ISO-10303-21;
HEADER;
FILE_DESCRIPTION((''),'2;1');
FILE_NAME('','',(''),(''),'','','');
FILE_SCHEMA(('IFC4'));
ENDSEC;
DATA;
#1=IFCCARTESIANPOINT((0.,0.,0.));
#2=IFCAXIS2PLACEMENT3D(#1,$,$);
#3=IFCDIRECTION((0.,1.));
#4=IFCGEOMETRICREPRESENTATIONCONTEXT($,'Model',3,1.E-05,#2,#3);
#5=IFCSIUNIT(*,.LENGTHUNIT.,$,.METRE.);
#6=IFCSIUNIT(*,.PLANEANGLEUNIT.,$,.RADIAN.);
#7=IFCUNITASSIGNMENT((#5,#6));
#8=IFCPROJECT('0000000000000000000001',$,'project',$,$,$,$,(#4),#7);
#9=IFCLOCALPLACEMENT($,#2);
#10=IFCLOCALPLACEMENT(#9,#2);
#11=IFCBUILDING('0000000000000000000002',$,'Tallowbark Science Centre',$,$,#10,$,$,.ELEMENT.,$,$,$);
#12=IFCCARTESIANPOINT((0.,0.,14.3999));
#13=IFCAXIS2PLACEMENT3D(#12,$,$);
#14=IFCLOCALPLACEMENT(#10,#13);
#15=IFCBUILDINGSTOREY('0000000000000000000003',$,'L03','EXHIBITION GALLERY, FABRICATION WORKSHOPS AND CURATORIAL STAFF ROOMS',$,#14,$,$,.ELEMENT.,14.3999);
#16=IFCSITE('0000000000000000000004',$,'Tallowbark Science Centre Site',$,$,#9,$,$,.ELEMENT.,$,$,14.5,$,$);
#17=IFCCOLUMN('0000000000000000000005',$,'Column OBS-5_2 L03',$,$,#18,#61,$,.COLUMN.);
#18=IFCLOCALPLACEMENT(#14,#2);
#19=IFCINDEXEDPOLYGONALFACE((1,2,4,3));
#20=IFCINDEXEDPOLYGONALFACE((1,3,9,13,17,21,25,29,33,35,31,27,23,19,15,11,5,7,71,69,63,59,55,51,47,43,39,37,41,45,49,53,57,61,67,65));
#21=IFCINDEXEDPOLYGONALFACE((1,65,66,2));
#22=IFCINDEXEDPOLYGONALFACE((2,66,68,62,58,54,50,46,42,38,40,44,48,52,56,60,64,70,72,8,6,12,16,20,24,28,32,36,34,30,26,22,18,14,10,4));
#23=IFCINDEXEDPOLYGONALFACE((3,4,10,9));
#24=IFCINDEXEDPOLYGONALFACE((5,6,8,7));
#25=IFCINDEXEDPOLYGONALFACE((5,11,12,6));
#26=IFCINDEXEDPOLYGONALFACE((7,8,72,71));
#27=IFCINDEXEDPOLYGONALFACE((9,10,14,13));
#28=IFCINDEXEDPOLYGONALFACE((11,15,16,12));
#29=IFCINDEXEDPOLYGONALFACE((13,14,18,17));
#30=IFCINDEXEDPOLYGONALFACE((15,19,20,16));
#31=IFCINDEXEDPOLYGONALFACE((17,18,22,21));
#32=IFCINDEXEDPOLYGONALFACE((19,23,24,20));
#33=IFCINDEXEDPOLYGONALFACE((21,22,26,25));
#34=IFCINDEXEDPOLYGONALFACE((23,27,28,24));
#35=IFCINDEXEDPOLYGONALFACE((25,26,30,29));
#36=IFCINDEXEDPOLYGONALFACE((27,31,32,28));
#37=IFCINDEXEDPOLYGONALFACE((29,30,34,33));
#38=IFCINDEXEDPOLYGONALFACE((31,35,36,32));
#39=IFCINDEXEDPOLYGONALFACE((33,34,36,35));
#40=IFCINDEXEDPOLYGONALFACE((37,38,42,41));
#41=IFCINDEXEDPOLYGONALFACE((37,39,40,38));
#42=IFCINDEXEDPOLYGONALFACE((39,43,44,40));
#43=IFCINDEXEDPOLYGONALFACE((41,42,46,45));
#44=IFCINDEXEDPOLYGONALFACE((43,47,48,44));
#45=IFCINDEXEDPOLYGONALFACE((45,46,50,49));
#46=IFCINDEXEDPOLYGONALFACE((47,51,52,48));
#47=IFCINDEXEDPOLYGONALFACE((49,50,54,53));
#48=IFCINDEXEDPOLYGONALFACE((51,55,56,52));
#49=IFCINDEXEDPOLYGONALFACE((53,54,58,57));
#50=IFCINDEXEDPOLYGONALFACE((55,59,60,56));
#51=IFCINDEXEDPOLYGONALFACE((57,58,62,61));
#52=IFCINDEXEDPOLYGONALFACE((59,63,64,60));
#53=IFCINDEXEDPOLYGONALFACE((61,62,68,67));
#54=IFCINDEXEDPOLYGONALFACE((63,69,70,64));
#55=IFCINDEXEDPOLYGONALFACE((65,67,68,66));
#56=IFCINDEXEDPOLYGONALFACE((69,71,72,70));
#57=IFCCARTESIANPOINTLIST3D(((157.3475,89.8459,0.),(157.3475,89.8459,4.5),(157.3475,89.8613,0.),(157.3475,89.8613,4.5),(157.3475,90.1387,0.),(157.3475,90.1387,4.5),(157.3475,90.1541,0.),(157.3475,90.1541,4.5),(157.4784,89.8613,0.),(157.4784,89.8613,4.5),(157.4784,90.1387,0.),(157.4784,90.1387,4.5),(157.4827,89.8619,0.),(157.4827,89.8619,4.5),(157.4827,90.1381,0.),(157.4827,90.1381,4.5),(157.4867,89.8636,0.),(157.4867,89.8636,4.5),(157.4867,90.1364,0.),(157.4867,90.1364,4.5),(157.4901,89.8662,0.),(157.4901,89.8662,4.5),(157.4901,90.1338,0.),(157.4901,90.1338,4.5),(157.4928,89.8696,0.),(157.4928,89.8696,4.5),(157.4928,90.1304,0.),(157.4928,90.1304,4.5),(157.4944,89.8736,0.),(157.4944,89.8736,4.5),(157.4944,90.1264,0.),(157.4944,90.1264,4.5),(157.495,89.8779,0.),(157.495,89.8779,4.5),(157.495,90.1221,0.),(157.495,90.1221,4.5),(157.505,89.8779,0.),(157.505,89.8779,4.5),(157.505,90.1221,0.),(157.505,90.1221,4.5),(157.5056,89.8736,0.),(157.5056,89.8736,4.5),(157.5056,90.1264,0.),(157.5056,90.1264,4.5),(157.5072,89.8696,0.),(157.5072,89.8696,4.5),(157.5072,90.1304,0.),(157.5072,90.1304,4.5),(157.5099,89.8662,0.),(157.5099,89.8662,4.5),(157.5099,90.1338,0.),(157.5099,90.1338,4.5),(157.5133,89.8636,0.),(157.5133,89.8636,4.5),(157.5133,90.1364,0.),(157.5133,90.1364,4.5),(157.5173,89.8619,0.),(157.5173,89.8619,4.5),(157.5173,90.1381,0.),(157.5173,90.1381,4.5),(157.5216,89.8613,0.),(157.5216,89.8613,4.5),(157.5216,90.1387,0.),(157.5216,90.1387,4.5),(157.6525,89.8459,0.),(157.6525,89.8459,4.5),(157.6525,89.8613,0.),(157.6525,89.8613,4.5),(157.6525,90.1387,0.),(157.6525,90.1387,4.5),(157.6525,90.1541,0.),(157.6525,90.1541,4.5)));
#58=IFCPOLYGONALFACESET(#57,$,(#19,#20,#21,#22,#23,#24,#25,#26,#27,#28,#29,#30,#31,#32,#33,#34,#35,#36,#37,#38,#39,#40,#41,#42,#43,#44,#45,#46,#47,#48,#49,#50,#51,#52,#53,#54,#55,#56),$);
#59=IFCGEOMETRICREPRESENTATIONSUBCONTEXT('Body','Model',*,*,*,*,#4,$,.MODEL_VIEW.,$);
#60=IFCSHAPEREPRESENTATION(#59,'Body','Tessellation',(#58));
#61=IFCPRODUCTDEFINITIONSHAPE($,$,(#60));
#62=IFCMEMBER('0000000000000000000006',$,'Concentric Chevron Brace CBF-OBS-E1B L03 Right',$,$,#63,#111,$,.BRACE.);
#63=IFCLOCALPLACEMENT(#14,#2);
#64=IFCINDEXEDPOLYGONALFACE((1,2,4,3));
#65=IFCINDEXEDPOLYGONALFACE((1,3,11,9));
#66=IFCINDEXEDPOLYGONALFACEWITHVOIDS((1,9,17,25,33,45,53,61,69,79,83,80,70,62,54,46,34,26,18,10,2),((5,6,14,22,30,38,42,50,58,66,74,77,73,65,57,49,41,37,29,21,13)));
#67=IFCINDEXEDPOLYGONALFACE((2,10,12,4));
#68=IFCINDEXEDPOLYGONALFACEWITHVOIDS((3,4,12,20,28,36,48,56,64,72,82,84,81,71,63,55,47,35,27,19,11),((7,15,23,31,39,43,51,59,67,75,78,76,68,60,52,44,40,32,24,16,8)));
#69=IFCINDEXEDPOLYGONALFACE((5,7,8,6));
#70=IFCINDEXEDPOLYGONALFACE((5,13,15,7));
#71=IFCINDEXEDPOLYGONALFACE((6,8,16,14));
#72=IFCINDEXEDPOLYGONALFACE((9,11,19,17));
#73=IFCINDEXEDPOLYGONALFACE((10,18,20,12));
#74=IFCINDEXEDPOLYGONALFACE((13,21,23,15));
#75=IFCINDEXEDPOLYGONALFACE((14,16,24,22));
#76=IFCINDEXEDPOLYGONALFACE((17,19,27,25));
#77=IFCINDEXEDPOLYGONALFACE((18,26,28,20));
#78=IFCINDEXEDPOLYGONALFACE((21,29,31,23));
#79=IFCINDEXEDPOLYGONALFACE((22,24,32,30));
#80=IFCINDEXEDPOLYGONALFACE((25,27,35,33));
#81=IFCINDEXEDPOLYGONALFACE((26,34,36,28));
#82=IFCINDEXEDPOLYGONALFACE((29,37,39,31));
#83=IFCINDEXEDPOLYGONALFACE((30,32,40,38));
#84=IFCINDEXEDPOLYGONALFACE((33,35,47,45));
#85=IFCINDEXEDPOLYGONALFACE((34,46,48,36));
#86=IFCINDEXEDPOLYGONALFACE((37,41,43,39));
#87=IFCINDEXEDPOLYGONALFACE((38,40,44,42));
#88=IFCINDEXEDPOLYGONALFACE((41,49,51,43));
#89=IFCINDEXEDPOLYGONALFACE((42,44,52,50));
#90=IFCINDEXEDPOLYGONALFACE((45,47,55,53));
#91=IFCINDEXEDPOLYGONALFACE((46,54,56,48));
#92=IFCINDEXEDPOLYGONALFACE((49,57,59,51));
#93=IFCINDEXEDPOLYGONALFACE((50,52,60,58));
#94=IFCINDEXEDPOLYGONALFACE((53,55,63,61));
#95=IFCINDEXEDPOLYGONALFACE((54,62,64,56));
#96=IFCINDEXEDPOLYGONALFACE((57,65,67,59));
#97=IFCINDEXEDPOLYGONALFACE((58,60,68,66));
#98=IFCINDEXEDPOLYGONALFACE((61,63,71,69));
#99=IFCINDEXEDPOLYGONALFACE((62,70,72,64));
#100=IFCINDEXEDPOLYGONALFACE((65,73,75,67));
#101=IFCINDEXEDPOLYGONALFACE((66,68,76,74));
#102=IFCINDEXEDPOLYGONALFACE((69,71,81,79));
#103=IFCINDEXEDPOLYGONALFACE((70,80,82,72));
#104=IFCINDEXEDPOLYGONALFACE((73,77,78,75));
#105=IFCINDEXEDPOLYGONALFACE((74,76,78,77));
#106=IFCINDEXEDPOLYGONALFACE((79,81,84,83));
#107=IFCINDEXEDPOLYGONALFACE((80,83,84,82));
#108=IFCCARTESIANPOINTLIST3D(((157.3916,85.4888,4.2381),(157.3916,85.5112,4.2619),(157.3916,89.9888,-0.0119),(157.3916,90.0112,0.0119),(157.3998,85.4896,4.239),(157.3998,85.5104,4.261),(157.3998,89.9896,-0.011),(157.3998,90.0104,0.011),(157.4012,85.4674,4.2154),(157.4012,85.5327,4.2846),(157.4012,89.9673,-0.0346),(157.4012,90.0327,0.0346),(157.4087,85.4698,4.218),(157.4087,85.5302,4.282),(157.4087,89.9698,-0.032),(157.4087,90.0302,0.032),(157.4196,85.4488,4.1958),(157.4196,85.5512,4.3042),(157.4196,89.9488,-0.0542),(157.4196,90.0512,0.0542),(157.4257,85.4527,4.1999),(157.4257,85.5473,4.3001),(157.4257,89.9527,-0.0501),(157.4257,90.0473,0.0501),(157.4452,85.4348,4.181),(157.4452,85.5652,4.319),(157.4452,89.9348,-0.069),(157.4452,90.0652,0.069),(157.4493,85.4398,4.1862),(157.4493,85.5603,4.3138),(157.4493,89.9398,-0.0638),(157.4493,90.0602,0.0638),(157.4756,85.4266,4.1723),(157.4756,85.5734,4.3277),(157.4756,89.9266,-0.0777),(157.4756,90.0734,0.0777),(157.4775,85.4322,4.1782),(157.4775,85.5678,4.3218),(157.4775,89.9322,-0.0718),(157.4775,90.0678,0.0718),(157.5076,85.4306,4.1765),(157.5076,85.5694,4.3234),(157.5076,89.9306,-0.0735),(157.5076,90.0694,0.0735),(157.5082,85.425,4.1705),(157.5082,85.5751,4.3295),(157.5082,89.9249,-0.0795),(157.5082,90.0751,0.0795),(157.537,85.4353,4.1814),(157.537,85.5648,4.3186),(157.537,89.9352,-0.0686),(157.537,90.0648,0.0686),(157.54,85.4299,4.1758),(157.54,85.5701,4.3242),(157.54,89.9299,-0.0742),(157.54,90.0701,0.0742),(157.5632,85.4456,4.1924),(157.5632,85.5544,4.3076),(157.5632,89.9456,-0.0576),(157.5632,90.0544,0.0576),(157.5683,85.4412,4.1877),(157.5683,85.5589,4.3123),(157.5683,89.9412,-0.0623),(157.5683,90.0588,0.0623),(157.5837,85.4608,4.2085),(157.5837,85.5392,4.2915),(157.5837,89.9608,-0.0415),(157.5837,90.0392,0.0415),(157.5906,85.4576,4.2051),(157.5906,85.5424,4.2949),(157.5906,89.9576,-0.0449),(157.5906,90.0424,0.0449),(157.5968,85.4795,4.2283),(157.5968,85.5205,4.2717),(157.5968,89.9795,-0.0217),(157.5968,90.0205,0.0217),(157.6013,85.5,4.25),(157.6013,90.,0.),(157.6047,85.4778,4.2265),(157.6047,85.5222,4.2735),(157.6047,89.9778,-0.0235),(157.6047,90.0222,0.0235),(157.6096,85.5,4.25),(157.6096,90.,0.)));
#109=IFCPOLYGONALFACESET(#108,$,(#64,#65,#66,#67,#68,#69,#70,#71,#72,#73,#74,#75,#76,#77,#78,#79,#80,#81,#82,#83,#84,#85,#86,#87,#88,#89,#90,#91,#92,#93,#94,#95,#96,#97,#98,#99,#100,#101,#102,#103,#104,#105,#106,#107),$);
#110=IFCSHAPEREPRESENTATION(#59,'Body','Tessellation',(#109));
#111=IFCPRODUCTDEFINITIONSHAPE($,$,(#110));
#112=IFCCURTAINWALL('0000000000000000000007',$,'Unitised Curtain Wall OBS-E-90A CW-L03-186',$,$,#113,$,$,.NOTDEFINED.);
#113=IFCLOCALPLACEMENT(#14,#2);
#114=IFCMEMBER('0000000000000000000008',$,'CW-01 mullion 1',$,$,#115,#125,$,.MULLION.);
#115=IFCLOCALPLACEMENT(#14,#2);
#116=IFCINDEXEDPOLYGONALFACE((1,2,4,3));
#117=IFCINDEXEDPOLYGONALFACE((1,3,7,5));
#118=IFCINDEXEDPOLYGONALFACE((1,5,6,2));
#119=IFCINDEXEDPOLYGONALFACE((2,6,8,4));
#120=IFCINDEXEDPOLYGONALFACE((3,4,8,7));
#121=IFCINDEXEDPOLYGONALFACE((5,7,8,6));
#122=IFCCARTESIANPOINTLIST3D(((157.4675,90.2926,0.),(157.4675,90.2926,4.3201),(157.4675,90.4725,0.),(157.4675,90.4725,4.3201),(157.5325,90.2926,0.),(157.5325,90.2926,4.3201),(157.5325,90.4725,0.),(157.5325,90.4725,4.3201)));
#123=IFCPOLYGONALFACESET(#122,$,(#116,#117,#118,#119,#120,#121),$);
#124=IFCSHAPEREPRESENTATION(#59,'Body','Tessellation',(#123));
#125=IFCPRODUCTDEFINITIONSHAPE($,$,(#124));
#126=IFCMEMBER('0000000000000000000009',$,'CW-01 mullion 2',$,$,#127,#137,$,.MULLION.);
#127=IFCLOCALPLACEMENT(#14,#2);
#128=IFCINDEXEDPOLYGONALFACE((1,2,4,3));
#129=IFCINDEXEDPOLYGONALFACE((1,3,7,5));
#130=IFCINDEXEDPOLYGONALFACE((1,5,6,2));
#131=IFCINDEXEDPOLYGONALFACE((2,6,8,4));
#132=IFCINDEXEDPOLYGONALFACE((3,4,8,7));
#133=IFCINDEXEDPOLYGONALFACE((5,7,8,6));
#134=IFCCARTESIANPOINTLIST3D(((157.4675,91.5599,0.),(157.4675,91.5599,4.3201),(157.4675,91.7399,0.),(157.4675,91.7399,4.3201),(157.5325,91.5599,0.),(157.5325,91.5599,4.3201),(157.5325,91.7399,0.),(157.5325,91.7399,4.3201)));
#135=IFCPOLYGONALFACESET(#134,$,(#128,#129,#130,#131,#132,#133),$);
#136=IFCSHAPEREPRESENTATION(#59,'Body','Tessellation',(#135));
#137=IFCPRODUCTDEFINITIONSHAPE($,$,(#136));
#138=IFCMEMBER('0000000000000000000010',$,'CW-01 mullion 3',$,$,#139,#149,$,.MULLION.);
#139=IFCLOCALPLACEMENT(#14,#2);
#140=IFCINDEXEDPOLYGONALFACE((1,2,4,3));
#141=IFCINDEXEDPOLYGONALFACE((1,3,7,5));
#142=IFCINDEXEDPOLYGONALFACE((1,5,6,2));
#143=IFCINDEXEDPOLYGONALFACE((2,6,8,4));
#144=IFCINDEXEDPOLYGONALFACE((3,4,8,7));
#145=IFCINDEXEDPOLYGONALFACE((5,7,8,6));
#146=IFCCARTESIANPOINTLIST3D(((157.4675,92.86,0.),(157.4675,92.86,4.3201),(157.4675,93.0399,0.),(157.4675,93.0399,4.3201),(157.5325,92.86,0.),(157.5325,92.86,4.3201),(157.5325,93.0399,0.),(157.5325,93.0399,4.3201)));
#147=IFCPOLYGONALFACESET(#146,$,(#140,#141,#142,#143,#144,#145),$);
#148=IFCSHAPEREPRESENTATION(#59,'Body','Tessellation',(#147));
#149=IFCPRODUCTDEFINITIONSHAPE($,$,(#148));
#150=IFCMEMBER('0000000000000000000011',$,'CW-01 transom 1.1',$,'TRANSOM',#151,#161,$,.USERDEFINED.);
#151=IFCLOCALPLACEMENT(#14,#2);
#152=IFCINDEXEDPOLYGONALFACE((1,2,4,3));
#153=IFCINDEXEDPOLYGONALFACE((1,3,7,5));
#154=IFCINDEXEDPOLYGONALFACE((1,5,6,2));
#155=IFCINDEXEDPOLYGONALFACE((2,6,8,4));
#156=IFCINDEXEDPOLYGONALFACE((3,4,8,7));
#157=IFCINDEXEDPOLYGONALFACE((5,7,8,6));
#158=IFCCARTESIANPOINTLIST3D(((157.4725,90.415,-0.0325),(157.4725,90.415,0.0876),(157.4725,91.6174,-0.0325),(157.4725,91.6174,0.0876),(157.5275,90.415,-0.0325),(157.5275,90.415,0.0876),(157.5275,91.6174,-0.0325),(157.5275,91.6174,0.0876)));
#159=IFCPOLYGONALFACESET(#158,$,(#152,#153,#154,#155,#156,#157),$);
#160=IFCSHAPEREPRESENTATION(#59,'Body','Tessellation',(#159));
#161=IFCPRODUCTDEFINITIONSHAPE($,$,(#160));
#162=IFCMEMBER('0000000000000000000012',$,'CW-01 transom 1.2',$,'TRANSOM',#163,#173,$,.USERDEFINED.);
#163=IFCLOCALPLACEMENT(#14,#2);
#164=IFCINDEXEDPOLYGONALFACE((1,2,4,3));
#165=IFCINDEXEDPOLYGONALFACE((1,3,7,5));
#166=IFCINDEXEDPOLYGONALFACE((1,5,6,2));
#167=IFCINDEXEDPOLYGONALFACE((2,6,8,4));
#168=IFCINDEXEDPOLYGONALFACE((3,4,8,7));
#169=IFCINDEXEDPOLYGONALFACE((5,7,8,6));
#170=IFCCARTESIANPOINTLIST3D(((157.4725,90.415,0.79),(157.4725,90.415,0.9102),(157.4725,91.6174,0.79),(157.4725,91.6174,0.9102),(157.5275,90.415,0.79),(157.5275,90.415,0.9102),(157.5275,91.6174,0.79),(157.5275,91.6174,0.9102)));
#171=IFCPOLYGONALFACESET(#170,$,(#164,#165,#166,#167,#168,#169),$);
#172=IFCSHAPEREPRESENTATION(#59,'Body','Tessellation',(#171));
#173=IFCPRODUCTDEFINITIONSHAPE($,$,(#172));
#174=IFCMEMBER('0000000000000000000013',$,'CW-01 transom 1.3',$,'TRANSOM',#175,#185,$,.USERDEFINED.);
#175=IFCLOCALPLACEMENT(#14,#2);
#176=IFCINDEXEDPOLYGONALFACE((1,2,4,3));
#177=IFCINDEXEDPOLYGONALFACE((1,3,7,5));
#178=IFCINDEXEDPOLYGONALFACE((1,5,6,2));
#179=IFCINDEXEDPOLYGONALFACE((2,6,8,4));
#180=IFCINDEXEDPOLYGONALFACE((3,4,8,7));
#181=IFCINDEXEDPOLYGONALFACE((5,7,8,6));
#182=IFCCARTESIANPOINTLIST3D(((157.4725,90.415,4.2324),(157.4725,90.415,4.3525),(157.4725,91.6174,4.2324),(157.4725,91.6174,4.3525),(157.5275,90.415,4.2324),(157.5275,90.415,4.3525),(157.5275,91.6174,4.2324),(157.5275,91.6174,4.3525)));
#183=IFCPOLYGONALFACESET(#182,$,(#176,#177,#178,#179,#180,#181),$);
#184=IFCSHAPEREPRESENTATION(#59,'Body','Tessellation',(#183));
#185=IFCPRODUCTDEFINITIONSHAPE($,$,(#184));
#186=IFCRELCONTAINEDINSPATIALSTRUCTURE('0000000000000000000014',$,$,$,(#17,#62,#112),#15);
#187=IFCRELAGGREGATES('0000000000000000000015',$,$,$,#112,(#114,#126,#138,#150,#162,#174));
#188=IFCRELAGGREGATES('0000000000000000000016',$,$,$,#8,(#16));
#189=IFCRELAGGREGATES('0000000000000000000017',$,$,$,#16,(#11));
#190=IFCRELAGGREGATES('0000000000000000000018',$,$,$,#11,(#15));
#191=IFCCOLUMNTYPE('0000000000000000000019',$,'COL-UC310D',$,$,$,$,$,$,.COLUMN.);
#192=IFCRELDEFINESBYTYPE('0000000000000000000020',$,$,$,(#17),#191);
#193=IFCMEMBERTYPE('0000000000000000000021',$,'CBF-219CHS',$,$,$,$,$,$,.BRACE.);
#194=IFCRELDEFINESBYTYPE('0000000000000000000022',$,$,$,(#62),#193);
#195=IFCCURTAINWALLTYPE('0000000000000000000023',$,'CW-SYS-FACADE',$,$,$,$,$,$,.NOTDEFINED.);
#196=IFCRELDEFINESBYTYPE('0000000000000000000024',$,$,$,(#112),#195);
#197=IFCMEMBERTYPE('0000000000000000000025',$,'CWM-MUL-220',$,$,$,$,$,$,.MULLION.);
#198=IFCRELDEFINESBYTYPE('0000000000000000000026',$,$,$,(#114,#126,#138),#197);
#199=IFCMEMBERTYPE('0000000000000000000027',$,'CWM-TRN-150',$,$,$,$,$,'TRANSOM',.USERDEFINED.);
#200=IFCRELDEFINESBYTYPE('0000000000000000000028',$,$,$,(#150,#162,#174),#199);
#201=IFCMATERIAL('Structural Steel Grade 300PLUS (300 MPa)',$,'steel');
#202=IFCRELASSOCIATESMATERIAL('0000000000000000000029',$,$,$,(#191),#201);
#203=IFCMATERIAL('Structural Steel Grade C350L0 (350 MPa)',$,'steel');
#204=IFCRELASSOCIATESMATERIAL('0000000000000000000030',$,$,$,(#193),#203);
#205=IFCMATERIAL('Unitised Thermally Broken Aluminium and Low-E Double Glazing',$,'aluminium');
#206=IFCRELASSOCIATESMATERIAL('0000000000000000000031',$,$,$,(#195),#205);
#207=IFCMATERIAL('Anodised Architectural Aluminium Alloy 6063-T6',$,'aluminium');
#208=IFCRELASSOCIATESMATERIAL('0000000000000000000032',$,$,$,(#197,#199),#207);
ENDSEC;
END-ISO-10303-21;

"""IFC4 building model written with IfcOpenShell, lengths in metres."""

from ifc_helpers import new_model, si_unit, direction, frame, origin, origin_2d, place, context, subcontext, project, spatial, rectangle, hollow_circle, i_section, extrude, material, material_profile, profile_set, type_object, element, aggregate, save


model = new_model("IFC4")

# Units and contexts
model_context = context("Model", 3, precision=1e-05, world=origin(), true_north=direction((0.0, 1.0)))
body_context = subcontext(model_context, "Body", "Model", "MODEL_VIEW")
ifc_project = project(units=[si_unit("LENGTHUNIT", "METRE"), si_unit("PLANEANGLEUNIT", "RADIAN")], contexts=[model_context])

# Site, building, storey
site_placement = place(None, origin())
site = spatial("IfcSite", under=ifc_project, at=site_placement, Name="Tallowbark Science Centre Site", CompositionType="ELEMENT", RefElevation=14.5)
building_placement = place(site_placement, origin())
building = spatial("IfcBuilding", under=site, at=building_placement, Name="Tallowbark Science Centre", CompositionType="ELEMENT")
storey_placement = place(building_placement, frame((0.0, 0.0, 14.3999)))
storey = spatial("IfcBuildingStorey", under=building, at=storey_placement, Name="L03", Description="EXHIBITION GALLERY, FABRICATION WORKSHOPS AND CURATORIAL STAFF ROOMS", CompositionType="ELEMENT", Elevation=14.3999)

# Column
ifc_material_1 = material(Name="Structural Steel Grade 300PLUS (300 MPa)", Category="steel")
ifc_material_profile_1 = material_profile(ifc_material_1, i_section(OverallWidth=0.3049, OverallDepth=0.3081, WebThickness=0.01, FlangeThickness=0.0154, FilletRadius=0.0166, at=origin_2d()), Name="310UC96.8")
ifc_profile_set_1 = profile_set([ifc_material_profile_1], Name="Structural Steel Grade 300PLUS (300 MPa)")
column_type = type_object("IfcColumnType", Name="COL-UC310D", PredefinedType="COLUMN", material=ifc_profile_set_1)
column_placement = place(storey_placement, frame((157.5, 90.0, 0.0), z_axis=(0.0, 0.0, 1.0), x_axis=(1.0, 0.0, 0.0)))
element("IfcColumn", 1, at=column_placement, inside=storey, type_object=column_type, Name="Column OBS-5_2 L03", PredefinedType="COLUMN", context=body_context, shape_type="SweptSolid", body=[
    extrude(i_section(OverallWidth=0.3049, OverallDepth=0.3081, WebThickness=0.01, FlangeThickness=0.0154, FilletRadius=0.0166, at=origin_2d()), origin(), (0.0, 0.0, 1.0), 4.5),
])

# Member
ifc_material_2 = material(Name="Structural Steel Grade C350L0 (350 MPa)", Category="steel")
ifc_material_profile_2 = material_profile(ifc_material_2, hollow_circle(Radius=0.1096, WallThickness=0.0083, at=origin_2d()), Name="219.1x8.2CHS")
ifc_profile_set_2 = profile_set([ifc_material_profile_2], Name="Structural Steel Grade C350L0 (350 MPa)")
member_type_1 = type_object("IfcMemberType", Name="CBF-219CHS", PredefinedType="BRACE", material=ifc_profile_set_2)
member_1_placement = place(storey_placement, frame((157.5, 90.0, 0.0), z_axis=(0.0, -0.727013, 0.686624), x_axis=(1.0, 0.0, 0.0)))
element("IfcMember", 2, at=member_1_placement, inside=storey, type_object=member_type_1, Name="Concentric Chevron Brace CBF-OBS-E1B L03 Right", PredefinedType="BRACE", context=body_context, shape_type="SweptSolid", body=[
    extrude(hollow_circle(Radius=0.1096, WallThickness=0.0083, at=origin_2d()), origin(), (0.0, 0.0, 1.0), 6.1897),
])

# Curtain wall, members
ifc_material_3 = material(Name="Unitised Thermally Broken Aluminium and Low-E Double Glazing", Category="aluminium")
curtain_wall_type = type_object("IfcCurtainWallType", Name="CW-SYS-FACADE", PredefinedType="NOTDEFINED", material=ifc_material_3)
curtain_wall_placement = place(storey_placement, origin())
curtain_wall = element("IfcCurtainWall", 3, at=curtain_wall_placement, inside=storey, type_object=curtain_wall_type, Name="Unitised Curtain Wall OBS-E-90A CW-L03-186", PredefinedType="NOTDEFINED")
ifc_material_4 = material(Name="Anodised Architectural Aluminium Alloy 6063-T6", Category="aluminium")
ifc_material_profile_3 = material_profile(ifc_material_4, rectangle(XDim=0.0649, YDim=0.1799, at=origin_2d()), Name="ALU65x180")
ifc_profile_set_3 = profile_set([ifc_material_profile_3], Name="Anodised Architectural Aluminium Alloy 6063-T6")
member_type_2 = type_object("IfcMemberType", Name="CWM-MUL-220", PredefinedType="MULLION", material=ifc_profile_set_3)
member_2_placement = place(storey_placement, frame((157.5, 90.3826, 0.0), z_axis=(0.0, 0.0, 1.0), x_axis=(-1.0, 0.0, 0.0)))
member_2 = element("IfcMember", 4, at=member_2_placement, type_object=member_type_2, Name="CW-01 mullion 1", PredefinedType="MULLION", context=body_context, shape_type="SweptSolid", body=[
    extrude(rectangle(XDim=0.0649, YDim=0.1799, at=origin_2d()), origin(), (0.0, 0.0, 1.0), 4.3201),
])
member_3_placement = place(storey_placement, frame((157.5, 91.6499, 0.0), z_axis=(0.0, 0.0, 1.0), x_axis=(-1.0, 0.0, 0.0)))
member_3 = element("IfcMember", 5, at=member_3_placement, type_object=member_type_2, Name="CW-01 mullion 2", PredefinedType="MULLION", context=body_context, shape_type="SweptSolid", body=[
    extrude(rectangle(XDim=0.0649, YDim=0.1799, at=origin_2d()), origin(), (0.0, 0.0, 1.0), 4.3201),
])
member_4_placement = place(storey_placement, frame((157.5, 92.95, 0.0), z_axis=(0.0, 0.0, 1.0), x_axis=(-1.0, 0.0, 0.0)))
member_4 = element("IfcMember", 6, at=member_4_placement, type_object=member_type_2, Name="CW-01 mullion 3", PredefinedType="MULLION", context=body_context, shape_type="SweptSolid", body=[
    extrude(rectangle(XDim=0.0649, YDim=0.1799, at=origin_2d()), origin(), (0.0, 0.0, 1.0), 4.3201),
])
ifc_material_profile_4 = material_profile(ifc_material_4, rectangle(XDim=0.0549, YDim=0.1201, at=origin_2d()), Name="ALU55x120")
ifc_profile_set_4 = profile_set([ifc_material_profile_4], Name="Anodised Architectural Aluminium Alloy 6063-T6")
member_type_3 = type_object("IfcMemberType", Name="CWM-TRN-150", ElementType="TRANSOM", PredefinedType="USERDEFINED", material=ifc_profile_set_4)
member_5_placement = place(storey_placement, frame((157.5, 90.415, 0.0276), z_axis=(0.0, 1.0, 0.0), x_axis=(-1.0, 0.0, 0.0)))
member_5 = element("IfcMember", 7, at=member_5_placement, type_object=member_type_3, Name="CW-01 transom 1.1", ObjectType="TRANSOM", PredefinedType="USERDEFINED", context=body_context, shape_type="SweptSolid", body=[
    extrude(rectangle(XDim=0.0549, YDim=0.1201, at=origin_2d()), origin(), (0.0, 0.0, 1.0), 1.2024),
])
member_6_placement = place(storey_placement, frame((157.5, 90.415, 0.8501), z_axis=(0.0, 1.0, 0.0), x_axis=(-1.0, 0.0, 0.0)))
member_6 = element("IfcMember", 8, at=member_6_placement, type_object=member_type_3, Name="CW-01 transom 1.2", ObjectType="TRANSOM", PredefinedType="USERDEFINED", context=body_context, shape_type="SweptSolid", body=[
    extrude(rectangle(XDim=0.0549, YDim=0.1201, at=origin_2d()), origin(), (0.0, 0.0, 1.0), 1.2024),
])
member_7_placement = place(storey_placement, frame((157.5, 90.415, 4.2925), z_axis=(0.0, 1.0, 0.0), x_axis=(-1.0, 0.0, 0.0)))
member_7 = element("IfcMember", 9, at=member_7_placement, type_object=member_type_3, Name="CW-01 transom 1.3", ObjectType="TRANSOM", PredefinedType="USERDEFINED", context=body_context, shape_type="SweptSolid", body=[
    extrude(rectangle(XDim=0.0549, YDim=0.1201, at=origin_2d()), origin(), (0.0, 0.0, 1.0), 1.2024),
])

aggregate(curtain_wall, [member_2, member_3, member_4, member_5, member_6, member_7])

save(model, "model.ifc")
